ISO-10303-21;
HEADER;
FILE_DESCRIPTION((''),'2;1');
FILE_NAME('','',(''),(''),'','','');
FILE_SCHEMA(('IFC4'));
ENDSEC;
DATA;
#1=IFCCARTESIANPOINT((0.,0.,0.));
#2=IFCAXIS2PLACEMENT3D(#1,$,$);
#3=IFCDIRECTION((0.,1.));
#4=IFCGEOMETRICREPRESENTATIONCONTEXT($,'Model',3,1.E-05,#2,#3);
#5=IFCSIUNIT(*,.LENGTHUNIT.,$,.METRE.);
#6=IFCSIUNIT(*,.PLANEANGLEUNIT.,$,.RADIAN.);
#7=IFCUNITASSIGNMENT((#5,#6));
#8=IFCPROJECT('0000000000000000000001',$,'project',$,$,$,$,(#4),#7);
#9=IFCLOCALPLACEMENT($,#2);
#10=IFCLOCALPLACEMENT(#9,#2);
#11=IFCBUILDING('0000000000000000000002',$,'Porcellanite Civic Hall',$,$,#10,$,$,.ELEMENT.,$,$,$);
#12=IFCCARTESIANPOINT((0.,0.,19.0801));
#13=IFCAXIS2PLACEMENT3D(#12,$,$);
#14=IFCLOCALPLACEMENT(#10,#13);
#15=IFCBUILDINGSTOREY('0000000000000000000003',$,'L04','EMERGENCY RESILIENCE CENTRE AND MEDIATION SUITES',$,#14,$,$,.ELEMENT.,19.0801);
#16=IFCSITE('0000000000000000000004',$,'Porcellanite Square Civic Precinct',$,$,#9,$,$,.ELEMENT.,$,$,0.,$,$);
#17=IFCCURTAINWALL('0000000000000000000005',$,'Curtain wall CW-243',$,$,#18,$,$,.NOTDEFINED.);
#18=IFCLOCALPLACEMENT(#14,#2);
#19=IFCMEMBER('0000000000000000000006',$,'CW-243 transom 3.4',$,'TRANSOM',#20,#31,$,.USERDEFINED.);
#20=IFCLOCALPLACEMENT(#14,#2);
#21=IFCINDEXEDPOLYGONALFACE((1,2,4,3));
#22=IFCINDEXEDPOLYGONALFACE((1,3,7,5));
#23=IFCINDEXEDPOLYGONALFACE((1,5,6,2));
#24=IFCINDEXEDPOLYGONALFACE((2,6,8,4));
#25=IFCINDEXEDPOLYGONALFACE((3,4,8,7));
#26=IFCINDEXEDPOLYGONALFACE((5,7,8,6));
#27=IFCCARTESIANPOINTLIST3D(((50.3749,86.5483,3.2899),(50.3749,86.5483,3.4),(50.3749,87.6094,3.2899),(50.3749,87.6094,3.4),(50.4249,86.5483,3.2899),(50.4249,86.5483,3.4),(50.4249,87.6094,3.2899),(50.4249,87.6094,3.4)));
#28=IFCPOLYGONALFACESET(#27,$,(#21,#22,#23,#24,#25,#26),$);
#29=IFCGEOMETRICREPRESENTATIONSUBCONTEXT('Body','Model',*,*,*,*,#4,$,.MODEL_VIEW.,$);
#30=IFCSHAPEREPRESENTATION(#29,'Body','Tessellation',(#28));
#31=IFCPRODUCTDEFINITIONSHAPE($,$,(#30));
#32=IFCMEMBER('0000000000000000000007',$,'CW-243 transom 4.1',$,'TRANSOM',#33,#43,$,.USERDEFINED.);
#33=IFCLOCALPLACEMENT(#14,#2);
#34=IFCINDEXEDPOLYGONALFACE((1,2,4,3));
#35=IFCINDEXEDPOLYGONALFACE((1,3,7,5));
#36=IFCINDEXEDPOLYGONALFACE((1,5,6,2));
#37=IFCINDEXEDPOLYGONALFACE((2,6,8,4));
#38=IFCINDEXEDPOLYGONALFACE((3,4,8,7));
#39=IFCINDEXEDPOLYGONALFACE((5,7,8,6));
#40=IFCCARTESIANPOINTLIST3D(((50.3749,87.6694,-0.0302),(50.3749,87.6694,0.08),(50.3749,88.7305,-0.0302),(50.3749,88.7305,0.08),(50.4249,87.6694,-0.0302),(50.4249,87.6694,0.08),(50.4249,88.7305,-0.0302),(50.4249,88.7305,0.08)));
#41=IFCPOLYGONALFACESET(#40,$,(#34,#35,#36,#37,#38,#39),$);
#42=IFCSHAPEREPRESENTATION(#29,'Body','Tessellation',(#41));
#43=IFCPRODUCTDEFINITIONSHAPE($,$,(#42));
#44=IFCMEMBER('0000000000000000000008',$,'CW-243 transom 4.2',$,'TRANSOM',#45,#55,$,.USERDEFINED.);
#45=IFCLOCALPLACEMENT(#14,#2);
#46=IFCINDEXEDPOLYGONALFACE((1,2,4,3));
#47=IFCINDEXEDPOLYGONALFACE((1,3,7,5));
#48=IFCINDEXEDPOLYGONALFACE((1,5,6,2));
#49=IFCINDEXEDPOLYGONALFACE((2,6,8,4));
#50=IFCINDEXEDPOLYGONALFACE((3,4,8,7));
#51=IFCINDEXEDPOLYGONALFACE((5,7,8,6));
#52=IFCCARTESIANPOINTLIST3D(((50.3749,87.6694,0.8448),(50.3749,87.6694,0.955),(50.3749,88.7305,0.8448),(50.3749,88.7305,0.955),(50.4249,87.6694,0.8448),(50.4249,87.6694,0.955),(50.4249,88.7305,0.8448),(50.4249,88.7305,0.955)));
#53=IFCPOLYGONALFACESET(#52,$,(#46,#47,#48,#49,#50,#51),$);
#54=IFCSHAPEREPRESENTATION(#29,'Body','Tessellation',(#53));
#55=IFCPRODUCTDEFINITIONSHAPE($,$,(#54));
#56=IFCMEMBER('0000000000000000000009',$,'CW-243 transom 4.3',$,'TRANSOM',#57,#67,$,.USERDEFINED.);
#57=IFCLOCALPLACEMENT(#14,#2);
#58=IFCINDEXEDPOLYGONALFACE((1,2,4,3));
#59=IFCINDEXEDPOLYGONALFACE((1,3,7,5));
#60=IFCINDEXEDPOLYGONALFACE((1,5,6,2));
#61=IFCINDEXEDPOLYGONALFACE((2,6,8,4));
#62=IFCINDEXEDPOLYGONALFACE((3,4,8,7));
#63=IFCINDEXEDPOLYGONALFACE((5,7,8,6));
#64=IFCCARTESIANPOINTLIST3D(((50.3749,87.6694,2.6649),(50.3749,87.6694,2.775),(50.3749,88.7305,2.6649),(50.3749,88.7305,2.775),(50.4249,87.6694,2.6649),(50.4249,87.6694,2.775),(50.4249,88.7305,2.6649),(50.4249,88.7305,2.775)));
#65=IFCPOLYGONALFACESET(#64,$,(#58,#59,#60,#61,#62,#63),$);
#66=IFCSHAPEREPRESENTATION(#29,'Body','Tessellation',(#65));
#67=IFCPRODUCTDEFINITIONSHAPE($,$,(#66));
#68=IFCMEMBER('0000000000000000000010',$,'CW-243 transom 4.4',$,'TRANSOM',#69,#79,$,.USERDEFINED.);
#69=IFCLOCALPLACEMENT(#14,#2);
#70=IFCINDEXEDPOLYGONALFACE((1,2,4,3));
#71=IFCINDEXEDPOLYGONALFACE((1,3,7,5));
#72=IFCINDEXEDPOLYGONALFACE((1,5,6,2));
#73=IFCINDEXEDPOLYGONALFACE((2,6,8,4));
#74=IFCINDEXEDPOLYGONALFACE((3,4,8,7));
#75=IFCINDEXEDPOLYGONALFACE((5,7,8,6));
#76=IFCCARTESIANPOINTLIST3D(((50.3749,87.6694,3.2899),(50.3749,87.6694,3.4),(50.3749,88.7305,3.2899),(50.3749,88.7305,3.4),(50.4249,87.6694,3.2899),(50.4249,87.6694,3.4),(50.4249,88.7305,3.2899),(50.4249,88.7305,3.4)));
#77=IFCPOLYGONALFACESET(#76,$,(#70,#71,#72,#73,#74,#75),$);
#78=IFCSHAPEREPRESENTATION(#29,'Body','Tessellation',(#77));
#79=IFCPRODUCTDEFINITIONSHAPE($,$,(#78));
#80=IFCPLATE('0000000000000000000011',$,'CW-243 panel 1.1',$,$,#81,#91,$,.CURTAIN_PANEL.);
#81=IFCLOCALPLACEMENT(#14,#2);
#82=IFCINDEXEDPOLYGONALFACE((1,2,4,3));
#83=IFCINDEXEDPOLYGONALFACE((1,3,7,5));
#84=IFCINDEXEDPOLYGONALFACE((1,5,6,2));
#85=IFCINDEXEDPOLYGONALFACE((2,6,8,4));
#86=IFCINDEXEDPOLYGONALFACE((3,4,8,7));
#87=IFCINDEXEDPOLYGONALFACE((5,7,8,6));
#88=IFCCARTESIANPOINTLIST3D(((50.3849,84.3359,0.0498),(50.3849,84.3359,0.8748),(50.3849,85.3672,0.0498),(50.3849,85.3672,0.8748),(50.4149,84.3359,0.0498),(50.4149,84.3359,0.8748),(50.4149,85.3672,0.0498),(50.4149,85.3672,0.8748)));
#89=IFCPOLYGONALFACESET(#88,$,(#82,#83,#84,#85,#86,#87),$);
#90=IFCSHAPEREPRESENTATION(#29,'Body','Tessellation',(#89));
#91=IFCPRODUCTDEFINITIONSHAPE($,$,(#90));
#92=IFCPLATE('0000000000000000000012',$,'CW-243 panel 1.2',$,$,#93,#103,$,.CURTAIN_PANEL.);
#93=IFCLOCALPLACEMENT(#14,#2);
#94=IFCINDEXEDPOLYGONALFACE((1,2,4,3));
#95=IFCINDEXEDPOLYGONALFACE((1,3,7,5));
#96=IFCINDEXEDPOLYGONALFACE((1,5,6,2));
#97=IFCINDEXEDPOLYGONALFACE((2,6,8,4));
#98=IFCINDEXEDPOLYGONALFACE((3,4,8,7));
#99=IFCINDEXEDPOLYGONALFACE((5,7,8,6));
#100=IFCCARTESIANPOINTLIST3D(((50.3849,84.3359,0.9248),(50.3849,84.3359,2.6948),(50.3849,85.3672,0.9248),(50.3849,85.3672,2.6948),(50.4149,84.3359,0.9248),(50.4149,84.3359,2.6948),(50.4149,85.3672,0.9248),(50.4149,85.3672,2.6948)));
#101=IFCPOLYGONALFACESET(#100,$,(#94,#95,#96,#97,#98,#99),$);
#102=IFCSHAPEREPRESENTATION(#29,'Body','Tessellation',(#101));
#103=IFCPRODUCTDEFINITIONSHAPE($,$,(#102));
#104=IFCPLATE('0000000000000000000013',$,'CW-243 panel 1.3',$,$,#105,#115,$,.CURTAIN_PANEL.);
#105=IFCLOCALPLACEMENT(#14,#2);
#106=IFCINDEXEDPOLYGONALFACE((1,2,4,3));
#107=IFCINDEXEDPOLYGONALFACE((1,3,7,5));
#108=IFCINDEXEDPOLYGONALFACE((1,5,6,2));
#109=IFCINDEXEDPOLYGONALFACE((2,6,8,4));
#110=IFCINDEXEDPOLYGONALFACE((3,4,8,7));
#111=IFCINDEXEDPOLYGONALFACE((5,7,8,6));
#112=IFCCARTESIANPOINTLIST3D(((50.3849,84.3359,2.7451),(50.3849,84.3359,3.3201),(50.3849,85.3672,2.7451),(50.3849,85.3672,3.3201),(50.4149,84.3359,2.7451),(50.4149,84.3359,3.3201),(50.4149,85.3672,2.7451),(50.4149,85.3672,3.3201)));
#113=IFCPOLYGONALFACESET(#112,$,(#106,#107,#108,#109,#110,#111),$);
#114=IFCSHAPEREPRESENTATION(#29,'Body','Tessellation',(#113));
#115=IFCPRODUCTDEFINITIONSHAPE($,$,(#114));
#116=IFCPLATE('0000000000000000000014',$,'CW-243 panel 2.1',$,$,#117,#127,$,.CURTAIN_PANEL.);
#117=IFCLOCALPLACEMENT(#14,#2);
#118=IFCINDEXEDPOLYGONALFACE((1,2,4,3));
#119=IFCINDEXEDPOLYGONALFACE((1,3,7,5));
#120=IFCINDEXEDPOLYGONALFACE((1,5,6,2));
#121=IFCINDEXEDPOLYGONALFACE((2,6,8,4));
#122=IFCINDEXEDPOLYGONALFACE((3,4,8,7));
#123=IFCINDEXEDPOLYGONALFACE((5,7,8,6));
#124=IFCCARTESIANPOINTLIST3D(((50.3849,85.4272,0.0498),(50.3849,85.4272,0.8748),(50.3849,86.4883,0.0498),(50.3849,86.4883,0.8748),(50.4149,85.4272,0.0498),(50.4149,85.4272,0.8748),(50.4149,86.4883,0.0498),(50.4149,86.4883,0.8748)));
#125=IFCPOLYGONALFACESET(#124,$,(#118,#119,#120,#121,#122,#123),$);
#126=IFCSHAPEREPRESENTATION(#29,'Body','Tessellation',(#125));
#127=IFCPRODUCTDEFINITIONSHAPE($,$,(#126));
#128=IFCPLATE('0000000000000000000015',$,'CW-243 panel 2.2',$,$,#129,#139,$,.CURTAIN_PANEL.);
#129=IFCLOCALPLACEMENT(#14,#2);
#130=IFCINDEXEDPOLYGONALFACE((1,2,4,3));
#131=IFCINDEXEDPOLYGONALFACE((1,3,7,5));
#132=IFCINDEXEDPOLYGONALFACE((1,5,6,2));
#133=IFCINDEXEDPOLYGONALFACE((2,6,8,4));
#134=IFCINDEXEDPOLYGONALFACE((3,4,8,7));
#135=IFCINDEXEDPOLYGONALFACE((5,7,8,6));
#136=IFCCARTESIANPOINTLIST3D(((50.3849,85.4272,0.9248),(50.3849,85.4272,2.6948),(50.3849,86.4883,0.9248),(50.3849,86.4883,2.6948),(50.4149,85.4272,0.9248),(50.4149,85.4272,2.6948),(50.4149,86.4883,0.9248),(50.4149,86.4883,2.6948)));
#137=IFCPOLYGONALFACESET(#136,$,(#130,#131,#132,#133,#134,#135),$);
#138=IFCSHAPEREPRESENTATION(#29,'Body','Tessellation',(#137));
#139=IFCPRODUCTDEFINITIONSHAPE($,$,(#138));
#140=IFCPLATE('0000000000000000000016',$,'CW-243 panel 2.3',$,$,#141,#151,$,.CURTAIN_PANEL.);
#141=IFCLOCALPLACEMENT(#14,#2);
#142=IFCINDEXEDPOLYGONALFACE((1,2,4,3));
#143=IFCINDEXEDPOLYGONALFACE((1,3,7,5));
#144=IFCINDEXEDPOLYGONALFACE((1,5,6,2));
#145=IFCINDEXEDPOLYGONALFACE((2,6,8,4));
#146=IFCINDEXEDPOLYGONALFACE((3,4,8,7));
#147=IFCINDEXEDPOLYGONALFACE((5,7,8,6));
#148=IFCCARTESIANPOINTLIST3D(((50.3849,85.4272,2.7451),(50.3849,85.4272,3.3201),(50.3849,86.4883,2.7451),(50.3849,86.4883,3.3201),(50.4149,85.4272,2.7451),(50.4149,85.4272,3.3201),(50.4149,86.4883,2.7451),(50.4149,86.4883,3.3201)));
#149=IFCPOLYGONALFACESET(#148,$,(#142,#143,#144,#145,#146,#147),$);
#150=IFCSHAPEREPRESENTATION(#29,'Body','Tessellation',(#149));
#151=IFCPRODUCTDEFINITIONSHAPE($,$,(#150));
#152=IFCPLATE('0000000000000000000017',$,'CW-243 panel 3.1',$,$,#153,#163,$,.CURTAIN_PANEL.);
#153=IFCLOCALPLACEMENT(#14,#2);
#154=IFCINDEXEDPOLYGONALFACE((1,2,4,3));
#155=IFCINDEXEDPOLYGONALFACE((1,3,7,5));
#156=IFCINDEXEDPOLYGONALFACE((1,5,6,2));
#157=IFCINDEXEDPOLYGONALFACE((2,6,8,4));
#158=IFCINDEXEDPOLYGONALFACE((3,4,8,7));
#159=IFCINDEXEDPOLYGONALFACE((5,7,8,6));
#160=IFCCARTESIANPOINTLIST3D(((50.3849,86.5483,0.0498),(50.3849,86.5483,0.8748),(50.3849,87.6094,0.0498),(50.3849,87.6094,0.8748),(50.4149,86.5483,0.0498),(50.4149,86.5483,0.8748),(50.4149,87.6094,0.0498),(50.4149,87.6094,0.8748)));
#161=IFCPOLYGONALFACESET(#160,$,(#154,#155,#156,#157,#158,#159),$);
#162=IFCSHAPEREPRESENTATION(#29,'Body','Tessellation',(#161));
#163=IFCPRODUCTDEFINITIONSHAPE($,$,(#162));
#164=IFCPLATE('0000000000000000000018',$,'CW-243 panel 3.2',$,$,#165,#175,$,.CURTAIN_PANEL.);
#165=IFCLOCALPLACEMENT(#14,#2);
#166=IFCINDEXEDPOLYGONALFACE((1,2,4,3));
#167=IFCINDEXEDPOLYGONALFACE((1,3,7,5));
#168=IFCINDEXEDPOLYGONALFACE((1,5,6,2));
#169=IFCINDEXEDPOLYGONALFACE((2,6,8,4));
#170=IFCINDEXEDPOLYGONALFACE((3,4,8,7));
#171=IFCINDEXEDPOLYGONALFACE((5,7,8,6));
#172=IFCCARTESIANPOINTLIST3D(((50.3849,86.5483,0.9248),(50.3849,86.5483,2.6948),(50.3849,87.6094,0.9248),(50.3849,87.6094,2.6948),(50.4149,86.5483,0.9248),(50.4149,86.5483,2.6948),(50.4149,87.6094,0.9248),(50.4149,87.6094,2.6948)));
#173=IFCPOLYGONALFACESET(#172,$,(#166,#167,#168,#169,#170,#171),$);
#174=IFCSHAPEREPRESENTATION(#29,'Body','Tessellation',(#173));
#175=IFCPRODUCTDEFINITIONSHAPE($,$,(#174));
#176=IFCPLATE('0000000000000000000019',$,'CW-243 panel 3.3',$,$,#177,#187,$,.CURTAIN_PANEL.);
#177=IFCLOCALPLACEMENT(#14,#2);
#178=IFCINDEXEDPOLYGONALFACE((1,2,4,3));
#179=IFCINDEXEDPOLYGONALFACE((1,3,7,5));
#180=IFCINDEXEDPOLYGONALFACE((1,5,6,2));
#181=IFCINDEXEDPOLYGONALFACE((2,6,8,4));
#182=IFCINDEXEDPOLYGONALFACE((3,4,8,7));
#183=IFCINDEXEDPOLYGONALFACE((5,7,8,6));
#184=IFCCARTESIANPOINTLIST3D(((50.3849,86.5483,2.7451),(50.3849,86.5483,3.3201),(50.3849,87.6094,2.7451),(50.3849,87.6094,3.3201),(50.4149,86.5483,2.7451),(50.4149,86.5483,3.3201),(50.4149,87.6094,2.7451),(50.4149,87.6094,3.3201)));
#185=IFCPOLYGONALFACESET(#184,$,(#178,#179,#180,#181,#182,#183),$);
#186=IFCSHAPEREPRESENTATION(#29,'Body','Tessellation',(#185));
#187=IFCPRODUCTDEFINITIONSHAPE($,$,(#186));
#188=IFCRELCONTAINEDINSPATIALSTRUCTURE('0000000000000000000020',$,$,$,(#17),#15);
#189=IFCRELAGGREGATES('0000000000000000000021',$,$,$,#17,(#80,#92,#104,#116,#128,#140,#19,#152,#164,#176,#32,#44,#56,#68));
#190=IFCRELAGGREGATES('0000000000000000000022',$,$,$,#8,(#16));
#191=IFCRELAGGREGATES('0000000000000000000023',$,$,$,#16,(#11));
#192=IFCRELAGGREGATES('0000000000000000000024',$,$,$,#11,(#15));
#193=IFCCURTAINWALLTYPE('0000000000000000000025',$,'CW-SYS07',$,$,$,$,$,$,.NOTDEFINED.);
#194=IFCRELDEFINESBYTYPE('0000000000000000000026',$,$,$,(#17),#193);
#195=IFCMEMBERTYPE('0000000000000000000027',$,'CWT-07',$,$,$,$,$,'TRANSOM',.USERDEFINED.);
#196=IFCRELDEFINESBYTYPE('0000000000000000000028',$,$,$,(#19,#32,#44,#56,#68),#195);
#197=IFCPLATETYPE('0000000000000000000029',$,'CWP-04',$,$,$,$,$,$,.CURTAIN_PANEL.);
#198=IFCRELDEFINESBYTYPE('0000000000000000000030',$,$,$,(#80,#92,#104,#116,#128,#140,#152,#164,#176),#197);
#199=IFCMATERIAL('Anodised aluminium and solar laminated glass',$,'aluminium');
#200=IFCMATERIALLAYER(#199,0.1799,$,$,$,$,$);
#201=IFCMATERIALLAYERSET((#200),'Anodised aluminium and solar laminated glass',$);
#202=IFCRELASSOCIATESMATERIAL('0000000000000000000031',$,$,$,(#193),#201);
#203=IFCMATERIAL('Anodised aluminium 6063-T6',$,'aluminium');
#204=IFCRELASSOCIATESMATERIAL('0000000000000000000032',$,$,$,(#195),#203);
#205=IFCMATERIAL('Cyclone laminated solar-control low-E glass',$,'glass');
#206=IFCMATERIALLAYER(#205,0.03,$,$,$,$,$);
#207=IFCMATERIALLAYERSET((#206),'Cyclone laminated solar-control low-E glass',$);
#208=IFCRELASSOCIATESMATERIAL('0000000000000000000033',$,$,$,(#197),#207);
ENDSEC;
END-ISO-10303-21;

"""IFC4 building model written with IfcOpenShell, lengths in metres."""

from ifc_helpers import new_model, si_unit, direction, frame, origin, origin_2d, place, context, subcontext, project, spatial, rectangle, extrude, material, layer, layer_set, material_profile, profile_set, type_object, element, aggregate, save


model = new_model("IFC4")

# Units and contexts
model_context = context("Model", 3, precision=1e-05, world=origin(), true_north=direction((0.0, 1.0)))
body_context = subcontext(model_context, "Body", "Model", "MODEL_VIEW")
ifc_project = project(units=[si_unit("LENGTHUNIT", "METRE"), si_unit("PLANEANGLEUNIT", "RADIAN")], contexts=[model_context])

# Site, building, storey
site_placement = place(None, origin())
site = spatial("IfcSite", under=ifc_project, at=site_placement, Name="Porcellanite Square Civic Precinct", CompositionType="ELEMENT", RefElevation=0.0)
building_placement = place(site_placement, origin())
building = spatial("IfcBuilding", under=site, at=building_placement, Name="Porcellanite Civic Hall", CompositionType="ELEMENT")
storey_placement = place(building_placement, frame((0.0, 0.0, 19.0801)))
storey = spatial("IfcBuildingStorey", under=building, at=storey_placement, Name="L04", Description="EMERGENCY RESILIENCE CENTRE AND MEDIATION SUITES", CompositionType="ELEMENT", Elevation=19.0801)

# Curtain wall, members, plates
ifc_material_1 = material(Name="Anodised aluminium and solar laminated glass", Category="aluminium")
ifc_layer_1 = layer(ifc_material_1, 0.1799)
ifc_layer_set_1 = layer_set([ifc_layer_1], Name="Anodised aluminium and solar laminated glass")
curtain_wall_type = type_object("IfcCurtainWallType", Name="CW-SYS07", PredefinedType="NOTDEFINED", material=ifc_layer_set_1)
curtain_wall_placement = place(storey_placement, origin())
curtain_wall = element("IfcCurtainWall", 1, at=curtain_wall_placement, inside=storey, type_object=curtain_wall_type, Name="Curtain wall CW-243", PredefinedType="NOTDEFINED")
ifc_material_2 = material(Name="Anodised aluminium 6063-T6", Category="aluminium")
ifc_material_profile_1 = material_profile(ifc_material_2, rectangle(XDim=0.05, YDim=0.1101, at=origin_2d()), Name="AL-50x110")
ifc_profile_set_1 = profile_set([ifc_material_profile_1], Name="Anodised aluminium 6063-T6")
member_type_1 = type_object("IfcMemberType", Name="CWT-07", ElementType="TRANSOM", PredefinedType="USERDEFINED", material=ifc_profile_set_1)
member_1_placement = place(storey_placement, frame((50.3999, 86.5483, 3.345), z_axis=(0.0, 1.0, 0.0), x_axis=(-1.0, 0.0, 0.0)))
member_1 = element("IfcMember", 2, at=member_1_placement, type_object=member_type_1, Name="CW-243 transom 3.4", ObjectType="TRANSOM", PredefinedType="USERDEFINED", context=body_context, shape_type="SweptSolid", body=[
    extrude(rectangle(XDim=0.05, YDim=0.1101, at=origin_2d()), origin(), (0.0, 0.0, 1.0), 1.061),
])
member_2_placement = place(storey_placement, frame((50.3999, 87.6694, 0.0249), z_axis=(0.0, 1.0, 0.0), x_axis=(-1.0, 0.0, 0.0)))
member_2 = element("IfcMember", 3, at=member_2_placement, type_object=member_type_1, Name="CW-243 transom 4.1", ObjectType="TRANSOM", PredefinedType="USERDEFINED", context=body_context, shape_type="SweptSolid", body=[
    extrude(rectangle(XDim=0.05, YDim=0.1101, at=origin_2d()), origin(), (0.0, 0.0, 1.0), 1.061),
])
member_3_placement = place(storey_placement, frame((50.3999, 87.6694, 0.8999), z_axis=(0.0, 1.0, 0.0), x_axis=(-1.0, 0.0, 0.0)))
member_3 = element("IfcMember", 4, at=member_3_placement, type_object=member_type_1, Name="CW-243 transom 4.2", ObjectType="TRANSOM", PredefinedType="USERDEFINED", context=body_context, shape_type="SweptSolid", body=[
    extrude(rectangle(XDim=0.05, YDim=0.1101, at=origin_2d()), origin(), (0.0, 0.0, 1.0), 1.061),
])
member_4_placement = place(storey_placement, frame((50.3999, 87.6694, 2.72), z_axis=(0.0, 1.0, 0.0), x_axis=(-1.0, 0.0, 0.0)))
member_4 = element("IfcMember", 5, at=member_4_placement, type_object=member_type_1, Name="CW-243 transom 4.3", ObjectType="TRANSOM", PredefinedType="USERDEFINED", context=body_context, shape_type="SweptSolid", body=[
    extrude(rectangle(XDim=0.05, YDim=0.1101, at=origin_2d()), origin(), (0.0, 0.0, 1.0), 1.061),
])
member_5_placement = place(storey_placement, frame((50.3999, 87.6694, 3.345), z_axis=(0.0, 1.0, 0.0), x_axis=(-1.0, 0.0, 0.0)))
member_5 = element("IfcMember", 6, at=member_5_placement, type_object=member_type_1, Name="CW-243 transom 4.4", ObjectType="TRANSOM", PredefinedType="USERDEFINED", context=body_context, shape_type="SweptSolid", body=[
    extrude(rectangle(XDim=0.05, YDim=0.1101, at=origin_2d()), origin(), (0.0, 0.0, 1.0), 1.061),
])
ifc_material_3 = material(Name="Cyclone laminated solar-control low-E glass", Category="glass")
ifc_layer_2 = layer(ifc_material_3, 0.03)
ifc_layer_set_2 = layer_set([ifc_layer_2], Name="Cyclone laminated solar-control low-E glass")
plate_type = type_object("IfcPlateType", Name="CWP-04", PredefinedType="CURTAIN_PANEL", material=ifc_layer_set_2)
plate_1_placement = place(storey_placement, frame((50.3999, 84.8516, 0.0498), z_axis=(0.0, 0.0, 1.0), x_axis=(0.0, 1.0, 0.0)))
plate_1 = element("IfcPlate", 7, at=plate_1_placement, type_object=plate_type, Name="CW-243 panel 1.1", PredefinedType="CURTAIN_PANEL", context=body_context, shape_type="SweptSolid", body=[
    extrude(rectangle(XDim=1.0312, YDim=0.03, at=origin_2d()), origin(), (0.0, 0.0, 1.0), 0.825),
])
plate_2_placement = place(storey_placement, frame((50.3999, 84.8516, 0.9248), z_axis=(0.0, 0.0, 1.0), x_axis=(0.0, 1.0, 0.0)))
plate_2 = element("IfcPlate", 8, at=plate_2_placement, type_object=plate_type, Name="CW-243 panel 1.2", PredefinedType="CURTAIN_PANEL", context=body_context, shape_type="SweptSolid", body=[
    extrude(rectangle(XDim=1.0312, YDim=0.03, at=origin_2d()), origin(), (0.0, 0.0, 1.0), 1.77),
])
plate_3_placement = place(storey_placement, frame((50.3999, 84.8516, 2.7451), z_axis=(0.0, 0.0, 1.0), x_axis=(0.0, 1.0, 0.0)))
plate_3 = element("IfcPlate", 9, at=plate_3_placement, type_object=plate_type, Name="CW-243 panel 1.3", PredefinedType="CURTAIN_PANEL", context=body_context, shape_type="SweptSolid", body=[
    extrude(rectangle(XDim=1.0312, YDim=0.03, at=origin_2d()), origin(), (0.0, 0.0, 1.0), 0.575),
])
plate_4_placement = place(storey_placement, frame((50.3999, 85.9578, 0.0498), z_axis=(0.0, 0.0, 1.0), x_axis=(0.0, 1.0, 0.0)))
plate_4 = element("IfcPlate", 10, at=plate_4_placement, type_object=plate_type, Name="CW-243 panel 2.1", PredefinedType="CURTAIN_PANEL", context=body_context, shape_type="SweptSolid", body=[
    extrude(rectangle(XDim=1.061, YDim=0.03, at=origin_2d()), origin(), (0.0, 0.0, 1.0), 0.825),
])
plate_5_placement = place(storey_placement, frame((50.3999, 85.9578, 0.9248), z_axis=(0.0, 0.0, 1.0), x_axis=(0.0, 1.0, 0.0)))
plate_5 = element("IfcPlate", 11, at=plate_5_placement, type_object=plate_type, Name="CW-243 panel 2.2", PredefinedType="CURTAIN_PANEL", context=body_context, shape_type="SweptSolid", body=[
    extrude(rectangle(XDim=1.061, YDim=0.03, at=origin_2d()), origin(), (0.0, 0.0, 1.0), 1.77),
])
plate_6_placement = place(storey_placement, frame((50.3999, 85.9578, 2.7451), z_axis=(0.0, 0.0, 1.0), x_axis=(0.0, 1.0, 0.0)))
plate_6 = element("IfcPlate", 12, at=plate_6_placement, type_object=plate_type, Name="CW-243 panel 2.3", PredefinedType="CURTAIN_PANEL", context=body_context, shape_type="SweptSolid", body=[
    extrude(rectangle(XDim=1.061, YDim=0.03, at=origin_2d()), origin(), (0.0, 0.0, 1.0), 0.575),
])
plate_7_placement = place(storey_placement, frame((50.3999, 87.0789, 0.0498), z_axis=(0.0, 0.0, 1.0), x_axis=(0.0, 1.0, 0.0)))
plate_7 = element("IfcPlate", 13, at=plate_7_placement, type_object=plate_type, Name="CW-243 panel 3.1", PredefinedType="CURTAIN_PANEL", context=body_context, shape_type="SweptSolid", body=[
    extrude(rectangle(XDim=1.061, YDim=0.03, at=origin_2d()), origin(), (0.0, 0.0, 1.0), 0.825),
])
plate_8_placement = place(storey_placement, frame((50.3999, 87.0789, 0.9248), z_axis=(0.0, 0.0, 1.0), x_axis=(0.0, 1.0, 0.0)))
plate_8 = element("IfcPlate", 14, at=plate_8_placement, type_object=plate_type, Name="CW-243 panel 3.2", PredefinedType="CURTAIN_PANEL", context=body_context, shape_type="SweptSolid", body=[
    extrude(rectangle(XDim=1.061, YDim=0.03, at=origin_2d()), origin(), (0.0, 0.0, 1.0), 1.77),
])
plate_9_placement = place(storey_placement, frame((50.3999, 87.0789, 2.7451), z_axis=(0.0, 0.0, 1.0), x_axis=(0.0, 1.0, 0.0)))
plate_9 = element("IfcPlate", 15, at=plate_9_placement, type_object=plate_type, Name="CW-243 panel 3.3", PredefinedType="CURTAIN_PANEL", context=body_context, shape_type="SweptSolid", body=[
    extrude(rectangle(XDim=1.061, YDim=0.03, at=origin_2d()), origin(), (0.0, 0.0, 1.0), 0.575),
])
aggregate(curtain_wall, [plate_1, plate_2, plate_3, plate_4, plate_5, plate_6, member_1, plate_7, plate_8, plate_9, member_2, member_3, member_4, member_5])

save(model, "model.ifc")
